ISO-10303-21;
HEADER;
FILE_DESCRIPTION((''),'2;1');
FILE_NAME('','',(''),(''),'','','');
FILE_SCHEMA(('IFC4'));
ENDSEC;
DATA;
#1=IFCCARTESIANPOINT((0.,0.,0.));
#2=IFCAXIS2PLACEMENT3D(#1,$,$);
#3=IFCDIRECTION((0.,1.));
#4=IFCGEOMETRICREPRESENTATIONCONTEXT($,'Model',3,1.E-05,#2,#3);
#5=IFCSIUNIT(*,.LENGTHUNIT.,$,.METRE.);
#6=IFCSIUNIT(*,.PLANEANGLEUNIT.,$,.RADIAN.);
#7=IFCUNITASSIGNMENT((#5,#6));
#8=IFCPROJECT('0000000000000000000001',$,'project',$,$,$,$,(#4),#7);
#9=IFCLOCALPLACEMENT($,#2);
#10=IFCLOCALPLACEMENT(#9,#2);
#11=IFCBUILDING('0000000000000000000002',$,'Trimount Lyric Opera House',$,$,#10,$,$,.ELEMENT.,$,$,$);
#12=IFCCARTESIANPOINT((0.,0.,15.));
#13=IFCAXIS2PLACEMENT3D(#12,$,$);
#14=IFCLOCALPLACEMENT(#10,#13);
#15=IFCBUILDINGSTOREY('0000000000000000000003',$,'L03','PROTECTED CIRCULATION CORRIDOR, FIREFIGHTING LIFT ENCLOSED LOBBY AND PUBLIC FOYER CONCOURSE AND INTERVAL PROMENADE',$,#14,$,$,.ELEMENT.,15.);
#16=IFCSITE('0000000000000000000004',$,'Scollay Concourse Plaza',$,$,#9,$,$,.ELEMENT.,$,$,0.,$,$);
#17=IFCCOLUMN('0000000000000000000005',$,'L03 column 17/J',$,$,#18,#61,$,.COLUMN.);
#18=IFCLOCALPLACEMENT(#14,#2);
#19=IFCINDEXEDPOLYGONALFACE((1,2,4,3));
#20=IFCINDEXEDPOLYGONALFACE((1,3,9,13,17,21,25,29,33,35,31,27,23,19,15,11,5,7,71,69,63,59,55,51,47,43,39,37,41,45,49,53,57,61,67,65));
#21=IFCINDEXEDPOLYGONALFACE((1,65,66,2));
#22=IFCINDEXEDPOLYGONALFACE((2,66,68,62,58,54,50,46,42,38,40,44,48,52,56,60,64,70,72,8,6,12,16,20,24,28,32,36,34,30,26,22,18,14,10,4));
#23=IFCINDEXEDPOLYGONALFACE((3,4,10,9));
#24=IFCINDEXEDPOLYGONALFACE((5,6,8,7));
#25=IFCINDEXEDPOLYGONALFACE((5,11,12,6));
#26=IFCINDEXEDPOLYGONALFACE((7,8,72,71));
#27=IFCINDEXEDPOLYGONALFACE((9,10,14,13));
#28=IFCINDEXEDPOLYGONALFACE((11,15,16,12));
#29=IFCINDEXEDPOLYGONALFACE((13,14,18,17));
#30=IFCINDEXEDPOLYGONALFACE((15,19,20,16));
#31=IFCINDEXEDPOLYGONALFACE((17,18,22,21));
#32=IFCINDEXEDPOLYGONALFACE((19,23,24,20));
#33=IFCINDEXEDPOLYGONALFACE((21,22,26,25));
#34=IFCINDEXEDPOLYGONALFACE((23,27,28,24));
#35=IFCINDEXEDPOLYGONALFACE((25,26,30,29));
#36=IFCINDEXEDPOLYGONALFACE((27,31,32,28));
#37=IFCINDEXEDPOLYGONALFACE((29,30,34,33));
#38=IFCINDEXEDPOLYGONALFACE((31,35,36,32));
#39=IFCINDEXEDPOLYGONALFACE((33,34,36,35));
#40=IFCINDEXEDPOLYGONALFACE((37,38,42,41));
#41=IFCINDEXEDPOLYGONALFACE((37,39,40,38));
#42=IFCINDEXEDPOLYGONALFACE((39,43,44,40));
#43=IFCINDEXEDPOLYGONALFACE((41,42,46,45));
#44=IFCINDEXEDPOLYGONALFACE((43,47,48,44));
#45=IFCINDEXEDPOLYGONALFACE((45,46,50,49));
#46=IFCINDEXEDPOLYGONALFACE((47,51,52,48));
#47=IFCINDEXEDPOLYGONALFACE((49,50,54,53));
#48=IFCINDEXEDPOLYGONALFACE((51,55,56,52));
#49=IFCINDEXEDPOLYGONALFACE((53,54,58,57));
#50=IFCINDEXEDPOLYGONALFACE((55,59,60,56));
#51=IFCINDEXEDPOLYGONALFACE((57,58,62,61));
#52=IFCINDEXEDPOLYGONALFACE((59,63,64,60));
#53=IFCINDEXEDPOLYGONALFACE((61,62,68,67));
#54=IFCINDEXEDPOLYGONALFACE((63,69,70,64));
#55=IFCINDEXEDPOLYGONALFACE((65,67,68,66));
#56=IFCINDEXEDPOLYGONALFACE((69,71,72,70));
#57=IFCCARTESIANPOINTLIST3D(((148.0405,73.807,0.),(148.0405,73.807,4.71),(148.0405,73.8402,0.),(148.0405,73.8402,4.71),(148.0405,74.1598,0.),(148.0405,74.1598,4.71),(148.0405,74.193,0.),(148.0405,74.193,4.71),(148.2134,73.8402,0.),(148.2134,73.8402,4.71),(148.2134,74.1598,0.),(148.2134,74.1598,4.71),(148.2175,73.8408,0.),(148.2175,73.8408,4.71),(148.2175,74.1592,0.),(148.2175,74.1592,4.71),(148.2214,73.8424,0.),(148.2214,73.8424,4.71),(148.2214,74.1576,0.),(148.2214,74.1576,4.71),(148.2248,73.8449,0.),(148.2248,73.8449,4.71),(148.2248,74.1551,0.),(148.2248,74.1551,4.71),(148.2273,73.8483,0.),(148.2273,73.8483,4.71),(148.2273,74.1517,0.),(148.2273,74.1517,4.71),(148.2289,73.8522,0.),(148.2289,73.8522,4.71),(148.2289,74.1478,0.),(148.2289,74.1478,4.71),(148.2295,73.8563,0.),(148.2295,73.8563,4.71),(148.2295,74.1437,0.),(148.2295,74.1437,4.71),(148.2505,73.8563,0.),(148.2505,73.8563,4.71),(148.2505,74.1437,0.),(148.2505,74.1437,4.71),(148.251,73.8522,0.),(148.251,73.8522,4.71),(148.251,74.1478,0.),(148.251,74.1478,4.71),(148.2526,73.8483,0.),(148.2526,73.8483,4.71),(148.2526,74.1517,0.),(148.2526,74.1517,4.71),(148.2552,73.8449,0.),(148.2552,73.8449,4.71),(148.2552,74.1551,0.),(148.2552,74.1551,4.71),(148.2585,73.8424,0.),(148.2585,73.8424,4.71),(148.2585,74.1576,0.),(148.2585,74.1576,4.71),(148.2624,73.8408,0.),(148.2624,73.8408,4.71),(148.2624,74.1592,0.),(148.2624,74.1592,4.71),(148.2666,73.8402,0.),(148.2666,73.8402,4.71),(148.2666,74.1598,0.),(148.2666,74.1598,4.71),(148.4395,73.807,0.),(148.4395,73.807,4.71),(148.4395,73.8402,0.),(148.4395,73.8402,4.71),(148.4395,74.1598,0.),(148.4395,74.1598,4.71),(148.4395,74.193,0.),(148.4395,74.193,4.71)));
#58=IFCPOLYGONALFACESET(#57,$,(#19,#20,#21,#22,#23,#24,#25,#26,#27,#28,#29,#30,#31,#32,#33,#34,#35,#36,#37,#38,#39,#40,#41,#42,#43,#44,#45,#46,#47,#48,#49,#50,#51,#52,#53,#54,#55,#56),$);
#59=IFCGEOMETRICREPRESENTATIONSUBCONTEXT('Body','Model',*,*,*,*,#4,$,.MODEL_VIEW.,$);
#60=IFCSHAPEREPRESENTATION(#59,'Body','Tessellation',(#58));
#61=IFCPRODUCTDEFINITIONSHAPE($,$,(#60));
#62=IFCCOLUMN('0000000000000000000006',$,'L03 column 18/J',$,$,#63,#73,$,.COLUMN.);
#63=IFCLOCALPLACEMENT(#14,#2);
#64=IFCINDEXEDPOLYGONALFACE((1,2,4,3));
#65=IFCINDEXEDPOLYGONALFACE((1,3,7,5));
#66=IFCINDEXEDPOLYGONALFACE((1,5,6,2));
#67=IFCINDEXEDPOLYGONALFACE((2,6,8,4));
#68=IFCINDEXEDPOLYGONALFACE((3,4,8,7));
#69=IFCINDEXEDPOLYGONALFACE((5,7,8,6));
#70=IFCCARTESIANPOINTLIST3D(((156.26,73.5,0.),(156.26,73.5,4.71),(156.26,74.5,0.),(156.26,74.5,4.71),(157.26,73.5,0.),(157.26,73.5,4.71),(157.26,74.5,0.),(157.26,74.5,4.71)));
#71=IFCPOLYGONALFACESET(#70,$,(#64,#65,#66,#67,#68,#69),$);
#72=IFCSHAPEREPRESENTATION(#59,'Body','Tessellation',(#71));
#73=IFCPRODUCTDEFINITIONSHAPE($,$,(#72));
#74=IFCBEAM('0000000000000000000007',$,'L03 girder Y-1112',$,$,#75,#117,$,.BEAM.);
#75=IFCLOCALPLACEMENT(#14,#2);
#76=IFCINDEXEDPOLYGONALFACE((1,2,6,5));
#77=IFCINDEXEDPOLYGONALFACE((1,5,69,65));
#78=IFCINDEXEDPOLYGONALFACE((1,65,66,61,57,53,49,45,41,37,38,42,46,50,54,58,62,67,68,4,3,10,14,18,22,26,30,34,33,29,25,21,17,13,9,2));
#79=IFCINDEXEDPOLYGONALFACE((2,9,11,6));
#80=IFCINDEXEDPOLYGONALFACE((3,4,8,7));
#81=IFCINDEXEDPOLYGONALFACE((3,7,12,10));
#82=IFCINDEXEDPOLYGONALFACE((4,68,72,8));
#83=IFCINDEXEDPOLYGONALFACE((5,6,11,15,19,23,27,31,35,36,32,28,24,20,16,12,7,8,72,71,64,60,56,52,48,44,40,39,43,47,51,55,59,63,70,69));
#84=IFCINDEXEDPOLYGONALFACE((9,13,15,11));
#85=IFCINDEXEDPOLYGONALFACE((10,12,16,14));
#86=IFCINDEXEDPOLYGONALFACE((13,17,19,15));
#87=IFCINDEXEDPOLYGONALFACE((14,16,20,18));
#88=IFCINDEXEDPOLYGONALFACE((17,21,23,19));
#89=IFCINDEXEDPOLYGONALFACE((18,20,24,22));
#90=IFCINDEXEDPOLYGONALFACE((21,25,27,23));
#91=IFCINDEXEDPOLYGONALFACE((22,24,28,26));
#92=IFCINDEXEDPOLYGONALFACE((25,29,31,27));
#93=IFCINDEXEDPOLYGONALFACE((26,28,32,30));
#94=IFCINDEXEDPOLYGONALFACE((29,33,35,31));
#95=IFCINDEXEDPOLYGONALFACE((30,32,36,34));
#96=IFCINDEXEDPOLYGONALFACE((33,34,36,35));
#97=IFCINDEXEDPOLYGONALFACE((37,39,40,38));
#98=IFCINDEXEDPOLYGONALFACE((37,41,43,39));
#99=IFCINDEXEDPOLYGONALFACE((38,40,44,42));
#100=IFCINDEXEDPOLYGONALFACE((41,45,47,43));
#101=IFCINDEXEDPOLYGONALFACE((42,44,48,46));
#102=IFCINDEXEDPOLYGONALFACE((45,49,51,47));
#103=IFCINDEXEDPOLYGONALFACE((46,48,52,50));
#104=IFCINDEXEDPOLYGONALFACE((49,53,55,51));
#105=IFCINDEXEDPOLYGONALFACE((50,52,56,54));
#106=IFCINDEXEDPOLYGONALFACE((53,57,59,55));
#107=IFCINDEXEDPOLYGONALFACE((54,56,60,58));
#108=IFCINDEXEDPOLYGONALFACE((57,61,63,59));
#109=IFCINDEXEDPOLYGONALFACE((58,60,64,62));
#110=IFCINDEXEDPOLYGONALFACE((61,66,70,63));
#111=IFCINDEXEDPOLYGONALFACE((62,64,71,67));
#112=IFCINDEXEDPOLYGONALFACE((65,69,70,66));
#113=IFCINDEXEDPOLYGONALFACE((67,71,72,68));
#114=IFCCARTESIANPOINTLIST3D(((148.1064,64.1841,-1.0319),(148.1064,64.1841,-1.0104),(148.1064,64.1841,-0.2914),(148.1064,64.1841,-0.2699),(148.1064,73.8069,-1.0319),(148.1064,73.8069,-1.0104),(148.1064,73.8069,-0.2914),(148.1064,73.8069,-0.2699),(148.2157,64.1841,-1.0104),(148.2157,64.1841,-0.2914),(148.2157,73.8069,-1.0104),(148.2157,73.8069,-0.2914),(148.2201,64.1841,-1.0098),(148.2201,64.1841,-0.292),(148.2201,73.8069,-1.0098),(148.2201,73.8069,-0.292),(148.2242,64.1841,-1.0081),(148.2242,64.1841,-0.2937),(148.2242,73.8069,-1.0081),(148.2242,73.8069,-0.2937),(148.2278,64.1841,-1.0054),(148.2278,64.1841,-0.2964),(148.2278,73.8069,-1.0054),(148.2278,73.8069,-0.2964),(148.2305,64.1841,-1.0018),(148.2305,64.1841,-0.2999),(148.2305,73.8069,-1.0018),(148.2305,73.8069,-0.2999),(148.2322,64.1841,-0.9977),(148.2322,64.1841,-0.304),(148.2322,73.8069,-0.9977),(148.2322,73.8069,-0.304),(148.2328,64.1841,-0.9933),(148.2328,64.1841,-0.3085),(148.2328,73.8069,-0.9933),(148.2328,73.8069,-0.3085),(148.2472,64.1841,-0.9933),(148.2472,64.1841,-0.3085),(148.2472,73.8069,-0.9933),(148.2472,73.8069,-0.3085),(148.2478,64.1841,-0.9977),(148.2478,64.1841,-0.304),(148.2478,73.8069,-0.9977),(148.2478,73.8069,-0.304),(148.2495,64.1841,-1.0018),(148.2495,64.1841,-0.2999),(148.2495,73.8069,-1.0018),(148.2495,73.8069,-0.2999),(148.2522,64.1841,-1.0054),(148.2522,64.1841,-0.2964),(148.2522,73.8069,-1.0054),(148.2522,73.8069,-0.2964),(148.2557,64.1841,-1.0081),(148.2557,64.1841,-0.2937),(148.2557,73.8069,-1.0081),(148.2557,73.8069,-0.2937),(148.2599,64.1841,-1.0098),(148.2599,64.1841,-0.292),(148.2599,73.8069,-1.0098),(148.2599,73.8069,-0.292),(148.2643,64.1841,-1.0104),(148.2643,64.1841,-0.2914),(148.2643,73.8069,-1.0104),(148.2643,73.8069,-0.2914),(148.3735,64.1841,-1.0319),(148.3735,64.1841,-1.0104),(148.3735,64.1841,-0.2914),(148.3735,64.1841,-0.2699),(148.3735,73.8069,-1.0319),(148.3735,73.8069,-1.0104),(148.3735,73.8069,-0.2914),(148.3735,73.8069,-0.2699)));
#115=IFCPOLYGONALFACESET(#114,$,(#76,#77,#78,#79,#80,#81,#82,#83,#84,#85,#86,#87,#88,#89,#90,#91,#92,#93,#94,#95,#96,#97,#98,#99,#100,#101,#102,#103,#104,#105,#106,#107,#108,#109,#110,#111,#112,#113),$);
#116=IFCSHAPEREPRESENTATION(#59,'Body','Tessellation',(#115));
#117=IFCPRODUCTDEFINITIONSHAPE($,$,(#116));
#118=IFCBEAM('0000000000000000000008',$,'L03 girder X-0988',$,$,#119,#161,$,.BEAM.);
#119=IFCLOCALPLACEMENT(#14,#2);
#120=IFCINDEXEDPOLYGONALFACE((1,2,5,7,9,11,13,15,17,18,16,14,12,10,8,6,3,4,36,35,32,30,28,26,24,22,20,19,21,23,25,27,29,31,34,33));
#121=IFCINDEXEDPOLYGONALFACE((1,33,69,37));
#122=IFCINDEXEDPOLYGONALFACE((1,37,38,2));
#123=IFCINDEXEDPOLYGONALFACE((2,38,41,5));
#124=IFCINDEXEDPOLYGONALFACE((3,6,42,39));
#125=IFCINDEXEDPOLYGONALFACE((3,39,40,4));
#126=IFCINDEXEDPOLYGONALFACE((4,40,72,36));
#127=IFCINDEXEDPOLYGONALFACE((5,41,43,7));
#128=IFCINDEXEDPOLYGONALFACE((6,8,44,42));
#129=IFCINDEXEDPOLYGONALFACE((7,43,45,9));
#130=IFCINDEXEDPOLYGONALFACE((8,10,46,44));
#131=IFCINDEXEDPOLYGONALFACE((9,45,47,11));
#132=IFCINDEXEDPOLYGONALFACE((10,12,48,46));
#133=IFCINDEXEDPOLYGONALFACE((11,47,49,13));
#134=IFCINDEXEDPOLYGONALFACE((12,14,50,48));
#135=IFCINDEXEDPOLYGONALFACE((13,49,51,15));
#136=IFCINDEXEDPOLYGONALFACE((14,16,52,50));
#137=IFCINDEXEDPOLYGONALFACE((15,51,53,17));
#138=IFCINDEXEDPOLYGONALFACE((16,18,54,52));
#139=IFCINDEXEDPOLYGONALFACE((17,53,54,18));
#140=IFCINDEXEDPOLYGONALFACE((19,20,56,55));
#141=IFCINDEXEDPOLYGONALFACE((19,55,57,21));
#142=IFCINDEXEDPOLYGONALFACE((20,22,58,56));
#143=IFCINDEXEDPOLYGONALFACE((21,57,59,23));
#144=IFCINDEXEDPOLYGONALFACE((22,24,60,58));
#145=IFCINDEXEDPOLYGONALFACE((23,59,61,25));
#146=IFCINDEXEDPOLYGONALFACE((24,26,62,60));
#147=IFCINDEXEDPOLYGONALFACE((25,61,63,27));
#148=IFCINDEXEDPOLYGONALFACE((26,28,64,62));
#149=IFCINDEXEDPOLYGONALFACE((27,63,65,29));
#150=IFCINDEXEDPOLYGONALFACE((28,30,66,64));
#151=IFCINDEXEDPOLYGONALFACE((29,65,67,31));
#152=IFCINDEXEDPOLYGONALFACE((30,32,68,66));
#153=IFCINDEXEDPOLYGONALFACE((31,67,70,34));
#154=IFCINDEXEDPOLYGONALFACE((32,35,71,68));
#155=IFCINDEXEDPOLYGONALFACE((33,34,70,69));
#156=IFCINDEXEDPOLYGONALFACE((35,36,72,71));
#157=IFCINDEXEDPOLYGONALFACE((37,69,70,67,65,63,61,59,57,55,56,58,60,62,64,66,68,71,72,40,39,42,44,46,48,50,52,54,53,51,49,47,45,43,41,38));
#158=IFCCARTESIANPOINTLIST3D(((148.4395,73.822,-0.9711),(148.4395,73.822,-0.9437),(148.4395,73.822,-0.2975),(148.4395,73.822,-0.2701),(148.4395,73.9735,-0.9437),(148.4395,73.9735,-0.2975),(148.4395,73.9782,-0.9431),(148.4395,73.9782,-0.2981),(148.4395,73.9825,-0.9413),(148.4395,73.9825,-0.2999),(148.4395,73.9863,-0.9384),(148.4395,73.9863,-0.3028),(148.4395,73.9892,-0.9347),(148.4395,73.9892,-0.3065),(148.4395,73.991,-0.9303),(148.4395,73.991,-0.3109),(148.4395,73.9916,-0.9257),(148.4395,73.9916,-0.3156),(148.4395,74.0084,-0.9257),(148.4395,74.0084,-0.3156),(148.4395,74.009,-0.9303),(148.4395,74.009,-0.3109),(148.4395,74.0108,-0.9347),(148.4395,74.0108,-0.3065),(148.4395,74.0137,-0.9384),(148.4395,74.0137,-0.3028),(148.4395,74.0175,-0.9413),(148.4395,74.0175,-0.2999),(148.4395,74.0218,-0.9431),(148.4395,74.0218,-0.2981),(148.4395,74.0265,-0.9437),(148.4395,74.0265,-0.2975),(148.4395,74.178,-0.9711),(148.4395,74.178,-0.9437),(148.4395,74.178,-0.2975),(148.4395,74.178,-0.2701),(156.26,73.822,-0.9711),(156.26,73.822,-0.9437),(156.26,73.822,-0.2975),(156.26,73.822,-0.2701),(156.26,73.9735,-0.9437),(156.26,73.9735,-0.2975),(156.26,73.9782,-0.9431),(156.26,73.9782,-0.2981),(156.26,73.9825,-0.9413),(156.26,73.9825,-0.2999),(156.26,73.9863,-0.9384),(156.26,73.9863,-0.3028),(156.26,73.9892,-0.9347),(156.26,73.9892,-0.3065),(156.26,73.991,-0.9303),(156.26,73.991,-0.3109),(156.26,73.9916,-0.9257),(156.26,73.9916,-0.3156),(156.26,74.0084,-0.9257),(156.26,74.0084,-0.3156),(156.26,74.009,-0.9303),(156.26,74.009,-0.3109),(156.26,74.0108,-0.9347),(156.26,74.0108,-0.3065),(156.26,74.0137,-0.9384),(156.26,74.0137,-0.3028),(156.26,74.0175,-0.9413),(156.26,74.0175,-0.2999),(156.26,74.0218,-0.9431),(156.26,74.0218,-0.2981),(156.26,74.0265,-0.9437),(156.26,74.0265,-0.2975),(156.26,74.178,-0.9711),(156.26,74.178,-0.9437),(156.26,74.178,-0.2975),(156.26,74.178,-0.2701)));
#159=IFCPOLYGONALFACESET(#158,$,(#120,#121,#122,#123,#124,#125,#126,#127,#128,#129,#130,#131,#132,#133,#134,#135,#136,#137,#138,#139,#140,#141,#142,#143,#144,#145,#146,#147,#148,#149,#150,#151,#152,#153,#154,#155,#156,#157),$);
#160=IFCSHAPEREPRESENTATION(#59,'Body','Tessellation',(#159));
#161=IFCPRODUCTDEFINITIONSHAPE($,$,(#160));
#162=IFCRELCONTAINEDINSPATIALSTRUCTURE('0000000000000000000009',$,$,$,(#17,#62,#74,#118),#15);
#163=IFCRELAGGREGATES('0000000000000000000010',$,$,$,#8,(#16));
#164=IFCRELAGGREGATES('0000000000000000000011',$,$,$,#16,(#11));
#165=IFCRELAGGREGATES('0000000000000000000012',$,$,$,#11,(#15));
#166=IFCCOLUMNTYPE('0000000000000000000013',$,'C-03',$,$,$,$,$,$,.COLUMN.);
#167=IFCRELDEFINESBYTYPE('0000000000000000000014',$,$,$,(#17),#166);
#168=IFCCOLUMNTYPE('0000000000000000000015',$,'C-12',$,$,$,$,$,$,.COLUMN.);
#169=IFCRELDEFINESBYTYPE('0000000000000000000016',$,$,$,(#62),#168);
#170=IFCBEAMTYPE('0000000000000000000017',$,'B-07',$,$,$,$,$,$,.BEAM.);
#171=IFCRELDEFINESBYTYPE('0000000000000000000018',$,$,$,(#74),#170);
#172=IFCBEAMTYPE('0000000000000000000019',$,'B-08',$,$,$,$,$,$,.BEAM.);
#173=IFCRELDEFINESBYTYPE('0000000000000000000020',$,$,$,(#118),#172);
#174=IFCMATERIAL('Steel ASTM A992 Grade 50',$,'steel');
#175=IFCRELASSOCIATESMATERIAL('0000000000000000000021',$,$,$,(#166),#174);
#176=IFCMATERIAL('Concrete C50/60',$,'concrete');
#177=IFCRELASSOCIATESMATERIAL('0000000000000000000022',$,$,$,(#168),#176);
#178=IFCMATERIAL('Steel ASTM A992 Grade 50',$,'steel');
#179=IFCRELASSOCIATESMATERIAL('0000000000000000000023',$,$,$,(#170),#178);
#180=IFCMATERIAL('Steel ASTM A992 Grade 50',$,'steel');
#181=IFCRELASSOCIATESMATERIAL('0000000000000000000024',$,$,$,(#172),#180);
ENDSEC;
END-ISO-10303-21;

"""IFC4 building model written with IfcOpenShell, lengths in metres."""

from ifc_helpers import new_model, si_unit, direction, frame, origin, origin_2d, place, context, subcontext, project, spatial, rectangle, i_section, extrude, material, material_profile, profile_set, type_object, element, save


model = new_model("IFC4")

# Units and contexts
model_context = context("Model", 3, precision=1e-05, world=origin(), true_north=direction((0.0, 1.0)))
body_context = subcontext(model_context, "Body", "Model", "MODEL_VIEW")
ifc_project = project(units=[si_unit("LENGTHUNIT", "METRE"), si_unit("PLANEANGLEUNIT", "RADIAN")], contexts=[model_context])

# Site, building, storey
site_placement = place(None, origin())
site = spatial("IfcSite", under=ifc_project, at=site_placement, Name="Scollay Concourse Plaza", CompositionType="ELEMENT", RefElevation=0.0)
building_placement = place(site_placement, origin())
building = spatial("IfcBuilding", under=site, at=building_placement, Name="Trimount Lyric Opera House", CompositionType="ELEMENT")
storey_placement = place(building_placement, frame((0.0, 0.0, 15.0)))
storey = spatial("IfcBuildingStorey", under=building, at=storey_placement, Name="L03", Description="PROTECTED CIRCULATION CORRIDOR, FIREFIGHTING LIFT ENCLOSED LOBBY AND PUBLIC FOYER CONCOURSE AND INTERVAL PROMENADE", CompositionType="ELEMENT", Elevation=15.0)

# Columns
ifc_material_1 = material(Name="Steel ASTM A992 Grade 50", Category="steel")
ifc_material_profile_1 = material_profile(ifc_material_1, i_section(OverallWidth=0.3989, OverallDepth=0.386, WebThickness=0.021, FlangeThickness=0.0332, FilletRadius=0.0161, at=origin_2d()), Name="W14X176")
ifc_profile_set_1 = profile_set([ifc_material_profile_1], Name="Steel ASTM A992 Grade 50")
column_type_1 = type_object("IfcColumnType", Name="C-03", PredefinedType="COLUMN", material=ifc_profile_set_1)
column_1_placement = place(storey_placement, frame((148.24, 74.0, 0.0), z_axis=(0.0, 0.0, 1.0), x_axis=(1.0, 0.0, 0.0)))
element("IfcColumn", 1, at=column_1_placement, inside=storey, type_object=column_type_1, Name="L03 column 17/J", PredefinedType="COLUMN", context=body_context, shape_type="SweptSolid", body=[
    extrude(i_section(OverallWidth=0.3989, OverallDepth=0.386, WebThickness=0.021, FlangeThickness=0.0332, FilletRadius=0.0161, at=origin_2d()), origin(), (0.0, 0.0, 1.0), 4.71),
])
ifc_material_2 = material(Name="Concrete C50/60", Category="concrete")
ifc_material_profile_2 = material_profile(ifc_material_2, rectangle(XDim=1.0, YDim=1.0, at=origin_2d()), Name="RC1000X1000")
ifc_profile_set_2 = profile_set([ifc_material_profile_2], Name="Concrete C50/60")
column_type_2 = type_object("IfcColumnType", Name="C-12", PredefinedType="COLUMN", material=ifc_profile_set_2)
column_2_placement = place(storey_placement, frame((156.76, 74.0, 0.0), z_axis=(0.0, 0.0, 1.0), x_axis=(1.0, 0.0, 0.0)))
element("IfcColumn", 2, at=column_2_placement, inside=storey, type_object=column_type_2, Name="L03 column 18/J", PredefinedType="COLUMN", context=body_context, shape_type="SweptSolid", body=[
    extrude(rectangle(XDim=1.0, YDim=1.0, at=origin_2d()), origin(), (0.0, 0.0, 1.0), 4.71),
])

# Beams
ifc_material_3 = material(Name="Steel ASTM A992 Grade 50", Category="steel")
ifc_material_profile_3 = material_profile(ifc_material_3, i_section(OverallWidth=0.2671, OverallDepth=0.762, WebThickness=0.0144, FlangeThickness=0.0215, FilletRadius=0.0171, at=origin_2d()), Name="W30X116")
ifc_profile_set_3 = profile_set([ifc_material_profile_3], Name="Steel ASTM A992 Grade 50")
beam_type_1 = type_object("IfcBeamType", Name="B-07", PredefinedType="BEAM", material=ifc_profile_set_3)
beam_1_placement = place(storey_placement, frame((148.24, 64.1841, -0.6509), z_axis=(0.0, 1.0, 0.0), x_axis=(-1.0, 0.0, 0.0)))
element("IfcBeam", 3, at=beam_1_placement, inside=storey, type_object=beam_type_1, Name="L03 girder Y-1112", PredefinedType="BEAM", context=body_context, shape_type="SweptSolid", body=[
    extrude(i_section(OverallWidth=0.2671, OverallDepth=0.762, WebThickness=0.0144, FlangeThickness=0.0215, FilletRadius=0.0171, at=origin_2d()), origin(), (0.0, 0.0, 1.0), 9.6228),
])
ifc_material_4 = material(Name="Steel ASTM A992 Grade 50", Category="steel")
ifc_material_profile_4 = material_profile(ifc_material_4, i_section(OverallWidth=0.356, OverallDepth=0.7009, WebThickness=0.0168, FlangeThickness=0.0273, FilletRadius=0.0181, at=origin_2d()), Name="W27X161")
ifc_profile_set_4 = profile_set([ifc_material_profile_4], Name="Steel ASTM A992 Grade 50")
beam_type_2 = type_object("IfcBeamType", Name="B-08", PredefinedType="BEAM", material=ifc_profile_set_4)
beam_2_placement = place(storey_placement, frame((148.4395, 74.0, -0.6206), z_axis=(1.0, 0.0, 0.0), x_axis=(0.0, 1.0, 0.0)))
element("IfcBeam", 4, at=beam_2_placement, inside=storey, type_object=beam_type_2, Name="L03 girder X-0988", PredefinedType="BEAM", context=body_context, shape_type="SweptSolid", body=[
    extrude(i_section(OverallWidth=0.356, OverallDepth=0.7009, WebThickness=0.0168, FlangeThickness=0.0273, FilletRadius=0.0181, at=origin_2d()), origin(), (0.0, 0.0, 1.0), 7.8206),
])

save(model, "model.ifc")
